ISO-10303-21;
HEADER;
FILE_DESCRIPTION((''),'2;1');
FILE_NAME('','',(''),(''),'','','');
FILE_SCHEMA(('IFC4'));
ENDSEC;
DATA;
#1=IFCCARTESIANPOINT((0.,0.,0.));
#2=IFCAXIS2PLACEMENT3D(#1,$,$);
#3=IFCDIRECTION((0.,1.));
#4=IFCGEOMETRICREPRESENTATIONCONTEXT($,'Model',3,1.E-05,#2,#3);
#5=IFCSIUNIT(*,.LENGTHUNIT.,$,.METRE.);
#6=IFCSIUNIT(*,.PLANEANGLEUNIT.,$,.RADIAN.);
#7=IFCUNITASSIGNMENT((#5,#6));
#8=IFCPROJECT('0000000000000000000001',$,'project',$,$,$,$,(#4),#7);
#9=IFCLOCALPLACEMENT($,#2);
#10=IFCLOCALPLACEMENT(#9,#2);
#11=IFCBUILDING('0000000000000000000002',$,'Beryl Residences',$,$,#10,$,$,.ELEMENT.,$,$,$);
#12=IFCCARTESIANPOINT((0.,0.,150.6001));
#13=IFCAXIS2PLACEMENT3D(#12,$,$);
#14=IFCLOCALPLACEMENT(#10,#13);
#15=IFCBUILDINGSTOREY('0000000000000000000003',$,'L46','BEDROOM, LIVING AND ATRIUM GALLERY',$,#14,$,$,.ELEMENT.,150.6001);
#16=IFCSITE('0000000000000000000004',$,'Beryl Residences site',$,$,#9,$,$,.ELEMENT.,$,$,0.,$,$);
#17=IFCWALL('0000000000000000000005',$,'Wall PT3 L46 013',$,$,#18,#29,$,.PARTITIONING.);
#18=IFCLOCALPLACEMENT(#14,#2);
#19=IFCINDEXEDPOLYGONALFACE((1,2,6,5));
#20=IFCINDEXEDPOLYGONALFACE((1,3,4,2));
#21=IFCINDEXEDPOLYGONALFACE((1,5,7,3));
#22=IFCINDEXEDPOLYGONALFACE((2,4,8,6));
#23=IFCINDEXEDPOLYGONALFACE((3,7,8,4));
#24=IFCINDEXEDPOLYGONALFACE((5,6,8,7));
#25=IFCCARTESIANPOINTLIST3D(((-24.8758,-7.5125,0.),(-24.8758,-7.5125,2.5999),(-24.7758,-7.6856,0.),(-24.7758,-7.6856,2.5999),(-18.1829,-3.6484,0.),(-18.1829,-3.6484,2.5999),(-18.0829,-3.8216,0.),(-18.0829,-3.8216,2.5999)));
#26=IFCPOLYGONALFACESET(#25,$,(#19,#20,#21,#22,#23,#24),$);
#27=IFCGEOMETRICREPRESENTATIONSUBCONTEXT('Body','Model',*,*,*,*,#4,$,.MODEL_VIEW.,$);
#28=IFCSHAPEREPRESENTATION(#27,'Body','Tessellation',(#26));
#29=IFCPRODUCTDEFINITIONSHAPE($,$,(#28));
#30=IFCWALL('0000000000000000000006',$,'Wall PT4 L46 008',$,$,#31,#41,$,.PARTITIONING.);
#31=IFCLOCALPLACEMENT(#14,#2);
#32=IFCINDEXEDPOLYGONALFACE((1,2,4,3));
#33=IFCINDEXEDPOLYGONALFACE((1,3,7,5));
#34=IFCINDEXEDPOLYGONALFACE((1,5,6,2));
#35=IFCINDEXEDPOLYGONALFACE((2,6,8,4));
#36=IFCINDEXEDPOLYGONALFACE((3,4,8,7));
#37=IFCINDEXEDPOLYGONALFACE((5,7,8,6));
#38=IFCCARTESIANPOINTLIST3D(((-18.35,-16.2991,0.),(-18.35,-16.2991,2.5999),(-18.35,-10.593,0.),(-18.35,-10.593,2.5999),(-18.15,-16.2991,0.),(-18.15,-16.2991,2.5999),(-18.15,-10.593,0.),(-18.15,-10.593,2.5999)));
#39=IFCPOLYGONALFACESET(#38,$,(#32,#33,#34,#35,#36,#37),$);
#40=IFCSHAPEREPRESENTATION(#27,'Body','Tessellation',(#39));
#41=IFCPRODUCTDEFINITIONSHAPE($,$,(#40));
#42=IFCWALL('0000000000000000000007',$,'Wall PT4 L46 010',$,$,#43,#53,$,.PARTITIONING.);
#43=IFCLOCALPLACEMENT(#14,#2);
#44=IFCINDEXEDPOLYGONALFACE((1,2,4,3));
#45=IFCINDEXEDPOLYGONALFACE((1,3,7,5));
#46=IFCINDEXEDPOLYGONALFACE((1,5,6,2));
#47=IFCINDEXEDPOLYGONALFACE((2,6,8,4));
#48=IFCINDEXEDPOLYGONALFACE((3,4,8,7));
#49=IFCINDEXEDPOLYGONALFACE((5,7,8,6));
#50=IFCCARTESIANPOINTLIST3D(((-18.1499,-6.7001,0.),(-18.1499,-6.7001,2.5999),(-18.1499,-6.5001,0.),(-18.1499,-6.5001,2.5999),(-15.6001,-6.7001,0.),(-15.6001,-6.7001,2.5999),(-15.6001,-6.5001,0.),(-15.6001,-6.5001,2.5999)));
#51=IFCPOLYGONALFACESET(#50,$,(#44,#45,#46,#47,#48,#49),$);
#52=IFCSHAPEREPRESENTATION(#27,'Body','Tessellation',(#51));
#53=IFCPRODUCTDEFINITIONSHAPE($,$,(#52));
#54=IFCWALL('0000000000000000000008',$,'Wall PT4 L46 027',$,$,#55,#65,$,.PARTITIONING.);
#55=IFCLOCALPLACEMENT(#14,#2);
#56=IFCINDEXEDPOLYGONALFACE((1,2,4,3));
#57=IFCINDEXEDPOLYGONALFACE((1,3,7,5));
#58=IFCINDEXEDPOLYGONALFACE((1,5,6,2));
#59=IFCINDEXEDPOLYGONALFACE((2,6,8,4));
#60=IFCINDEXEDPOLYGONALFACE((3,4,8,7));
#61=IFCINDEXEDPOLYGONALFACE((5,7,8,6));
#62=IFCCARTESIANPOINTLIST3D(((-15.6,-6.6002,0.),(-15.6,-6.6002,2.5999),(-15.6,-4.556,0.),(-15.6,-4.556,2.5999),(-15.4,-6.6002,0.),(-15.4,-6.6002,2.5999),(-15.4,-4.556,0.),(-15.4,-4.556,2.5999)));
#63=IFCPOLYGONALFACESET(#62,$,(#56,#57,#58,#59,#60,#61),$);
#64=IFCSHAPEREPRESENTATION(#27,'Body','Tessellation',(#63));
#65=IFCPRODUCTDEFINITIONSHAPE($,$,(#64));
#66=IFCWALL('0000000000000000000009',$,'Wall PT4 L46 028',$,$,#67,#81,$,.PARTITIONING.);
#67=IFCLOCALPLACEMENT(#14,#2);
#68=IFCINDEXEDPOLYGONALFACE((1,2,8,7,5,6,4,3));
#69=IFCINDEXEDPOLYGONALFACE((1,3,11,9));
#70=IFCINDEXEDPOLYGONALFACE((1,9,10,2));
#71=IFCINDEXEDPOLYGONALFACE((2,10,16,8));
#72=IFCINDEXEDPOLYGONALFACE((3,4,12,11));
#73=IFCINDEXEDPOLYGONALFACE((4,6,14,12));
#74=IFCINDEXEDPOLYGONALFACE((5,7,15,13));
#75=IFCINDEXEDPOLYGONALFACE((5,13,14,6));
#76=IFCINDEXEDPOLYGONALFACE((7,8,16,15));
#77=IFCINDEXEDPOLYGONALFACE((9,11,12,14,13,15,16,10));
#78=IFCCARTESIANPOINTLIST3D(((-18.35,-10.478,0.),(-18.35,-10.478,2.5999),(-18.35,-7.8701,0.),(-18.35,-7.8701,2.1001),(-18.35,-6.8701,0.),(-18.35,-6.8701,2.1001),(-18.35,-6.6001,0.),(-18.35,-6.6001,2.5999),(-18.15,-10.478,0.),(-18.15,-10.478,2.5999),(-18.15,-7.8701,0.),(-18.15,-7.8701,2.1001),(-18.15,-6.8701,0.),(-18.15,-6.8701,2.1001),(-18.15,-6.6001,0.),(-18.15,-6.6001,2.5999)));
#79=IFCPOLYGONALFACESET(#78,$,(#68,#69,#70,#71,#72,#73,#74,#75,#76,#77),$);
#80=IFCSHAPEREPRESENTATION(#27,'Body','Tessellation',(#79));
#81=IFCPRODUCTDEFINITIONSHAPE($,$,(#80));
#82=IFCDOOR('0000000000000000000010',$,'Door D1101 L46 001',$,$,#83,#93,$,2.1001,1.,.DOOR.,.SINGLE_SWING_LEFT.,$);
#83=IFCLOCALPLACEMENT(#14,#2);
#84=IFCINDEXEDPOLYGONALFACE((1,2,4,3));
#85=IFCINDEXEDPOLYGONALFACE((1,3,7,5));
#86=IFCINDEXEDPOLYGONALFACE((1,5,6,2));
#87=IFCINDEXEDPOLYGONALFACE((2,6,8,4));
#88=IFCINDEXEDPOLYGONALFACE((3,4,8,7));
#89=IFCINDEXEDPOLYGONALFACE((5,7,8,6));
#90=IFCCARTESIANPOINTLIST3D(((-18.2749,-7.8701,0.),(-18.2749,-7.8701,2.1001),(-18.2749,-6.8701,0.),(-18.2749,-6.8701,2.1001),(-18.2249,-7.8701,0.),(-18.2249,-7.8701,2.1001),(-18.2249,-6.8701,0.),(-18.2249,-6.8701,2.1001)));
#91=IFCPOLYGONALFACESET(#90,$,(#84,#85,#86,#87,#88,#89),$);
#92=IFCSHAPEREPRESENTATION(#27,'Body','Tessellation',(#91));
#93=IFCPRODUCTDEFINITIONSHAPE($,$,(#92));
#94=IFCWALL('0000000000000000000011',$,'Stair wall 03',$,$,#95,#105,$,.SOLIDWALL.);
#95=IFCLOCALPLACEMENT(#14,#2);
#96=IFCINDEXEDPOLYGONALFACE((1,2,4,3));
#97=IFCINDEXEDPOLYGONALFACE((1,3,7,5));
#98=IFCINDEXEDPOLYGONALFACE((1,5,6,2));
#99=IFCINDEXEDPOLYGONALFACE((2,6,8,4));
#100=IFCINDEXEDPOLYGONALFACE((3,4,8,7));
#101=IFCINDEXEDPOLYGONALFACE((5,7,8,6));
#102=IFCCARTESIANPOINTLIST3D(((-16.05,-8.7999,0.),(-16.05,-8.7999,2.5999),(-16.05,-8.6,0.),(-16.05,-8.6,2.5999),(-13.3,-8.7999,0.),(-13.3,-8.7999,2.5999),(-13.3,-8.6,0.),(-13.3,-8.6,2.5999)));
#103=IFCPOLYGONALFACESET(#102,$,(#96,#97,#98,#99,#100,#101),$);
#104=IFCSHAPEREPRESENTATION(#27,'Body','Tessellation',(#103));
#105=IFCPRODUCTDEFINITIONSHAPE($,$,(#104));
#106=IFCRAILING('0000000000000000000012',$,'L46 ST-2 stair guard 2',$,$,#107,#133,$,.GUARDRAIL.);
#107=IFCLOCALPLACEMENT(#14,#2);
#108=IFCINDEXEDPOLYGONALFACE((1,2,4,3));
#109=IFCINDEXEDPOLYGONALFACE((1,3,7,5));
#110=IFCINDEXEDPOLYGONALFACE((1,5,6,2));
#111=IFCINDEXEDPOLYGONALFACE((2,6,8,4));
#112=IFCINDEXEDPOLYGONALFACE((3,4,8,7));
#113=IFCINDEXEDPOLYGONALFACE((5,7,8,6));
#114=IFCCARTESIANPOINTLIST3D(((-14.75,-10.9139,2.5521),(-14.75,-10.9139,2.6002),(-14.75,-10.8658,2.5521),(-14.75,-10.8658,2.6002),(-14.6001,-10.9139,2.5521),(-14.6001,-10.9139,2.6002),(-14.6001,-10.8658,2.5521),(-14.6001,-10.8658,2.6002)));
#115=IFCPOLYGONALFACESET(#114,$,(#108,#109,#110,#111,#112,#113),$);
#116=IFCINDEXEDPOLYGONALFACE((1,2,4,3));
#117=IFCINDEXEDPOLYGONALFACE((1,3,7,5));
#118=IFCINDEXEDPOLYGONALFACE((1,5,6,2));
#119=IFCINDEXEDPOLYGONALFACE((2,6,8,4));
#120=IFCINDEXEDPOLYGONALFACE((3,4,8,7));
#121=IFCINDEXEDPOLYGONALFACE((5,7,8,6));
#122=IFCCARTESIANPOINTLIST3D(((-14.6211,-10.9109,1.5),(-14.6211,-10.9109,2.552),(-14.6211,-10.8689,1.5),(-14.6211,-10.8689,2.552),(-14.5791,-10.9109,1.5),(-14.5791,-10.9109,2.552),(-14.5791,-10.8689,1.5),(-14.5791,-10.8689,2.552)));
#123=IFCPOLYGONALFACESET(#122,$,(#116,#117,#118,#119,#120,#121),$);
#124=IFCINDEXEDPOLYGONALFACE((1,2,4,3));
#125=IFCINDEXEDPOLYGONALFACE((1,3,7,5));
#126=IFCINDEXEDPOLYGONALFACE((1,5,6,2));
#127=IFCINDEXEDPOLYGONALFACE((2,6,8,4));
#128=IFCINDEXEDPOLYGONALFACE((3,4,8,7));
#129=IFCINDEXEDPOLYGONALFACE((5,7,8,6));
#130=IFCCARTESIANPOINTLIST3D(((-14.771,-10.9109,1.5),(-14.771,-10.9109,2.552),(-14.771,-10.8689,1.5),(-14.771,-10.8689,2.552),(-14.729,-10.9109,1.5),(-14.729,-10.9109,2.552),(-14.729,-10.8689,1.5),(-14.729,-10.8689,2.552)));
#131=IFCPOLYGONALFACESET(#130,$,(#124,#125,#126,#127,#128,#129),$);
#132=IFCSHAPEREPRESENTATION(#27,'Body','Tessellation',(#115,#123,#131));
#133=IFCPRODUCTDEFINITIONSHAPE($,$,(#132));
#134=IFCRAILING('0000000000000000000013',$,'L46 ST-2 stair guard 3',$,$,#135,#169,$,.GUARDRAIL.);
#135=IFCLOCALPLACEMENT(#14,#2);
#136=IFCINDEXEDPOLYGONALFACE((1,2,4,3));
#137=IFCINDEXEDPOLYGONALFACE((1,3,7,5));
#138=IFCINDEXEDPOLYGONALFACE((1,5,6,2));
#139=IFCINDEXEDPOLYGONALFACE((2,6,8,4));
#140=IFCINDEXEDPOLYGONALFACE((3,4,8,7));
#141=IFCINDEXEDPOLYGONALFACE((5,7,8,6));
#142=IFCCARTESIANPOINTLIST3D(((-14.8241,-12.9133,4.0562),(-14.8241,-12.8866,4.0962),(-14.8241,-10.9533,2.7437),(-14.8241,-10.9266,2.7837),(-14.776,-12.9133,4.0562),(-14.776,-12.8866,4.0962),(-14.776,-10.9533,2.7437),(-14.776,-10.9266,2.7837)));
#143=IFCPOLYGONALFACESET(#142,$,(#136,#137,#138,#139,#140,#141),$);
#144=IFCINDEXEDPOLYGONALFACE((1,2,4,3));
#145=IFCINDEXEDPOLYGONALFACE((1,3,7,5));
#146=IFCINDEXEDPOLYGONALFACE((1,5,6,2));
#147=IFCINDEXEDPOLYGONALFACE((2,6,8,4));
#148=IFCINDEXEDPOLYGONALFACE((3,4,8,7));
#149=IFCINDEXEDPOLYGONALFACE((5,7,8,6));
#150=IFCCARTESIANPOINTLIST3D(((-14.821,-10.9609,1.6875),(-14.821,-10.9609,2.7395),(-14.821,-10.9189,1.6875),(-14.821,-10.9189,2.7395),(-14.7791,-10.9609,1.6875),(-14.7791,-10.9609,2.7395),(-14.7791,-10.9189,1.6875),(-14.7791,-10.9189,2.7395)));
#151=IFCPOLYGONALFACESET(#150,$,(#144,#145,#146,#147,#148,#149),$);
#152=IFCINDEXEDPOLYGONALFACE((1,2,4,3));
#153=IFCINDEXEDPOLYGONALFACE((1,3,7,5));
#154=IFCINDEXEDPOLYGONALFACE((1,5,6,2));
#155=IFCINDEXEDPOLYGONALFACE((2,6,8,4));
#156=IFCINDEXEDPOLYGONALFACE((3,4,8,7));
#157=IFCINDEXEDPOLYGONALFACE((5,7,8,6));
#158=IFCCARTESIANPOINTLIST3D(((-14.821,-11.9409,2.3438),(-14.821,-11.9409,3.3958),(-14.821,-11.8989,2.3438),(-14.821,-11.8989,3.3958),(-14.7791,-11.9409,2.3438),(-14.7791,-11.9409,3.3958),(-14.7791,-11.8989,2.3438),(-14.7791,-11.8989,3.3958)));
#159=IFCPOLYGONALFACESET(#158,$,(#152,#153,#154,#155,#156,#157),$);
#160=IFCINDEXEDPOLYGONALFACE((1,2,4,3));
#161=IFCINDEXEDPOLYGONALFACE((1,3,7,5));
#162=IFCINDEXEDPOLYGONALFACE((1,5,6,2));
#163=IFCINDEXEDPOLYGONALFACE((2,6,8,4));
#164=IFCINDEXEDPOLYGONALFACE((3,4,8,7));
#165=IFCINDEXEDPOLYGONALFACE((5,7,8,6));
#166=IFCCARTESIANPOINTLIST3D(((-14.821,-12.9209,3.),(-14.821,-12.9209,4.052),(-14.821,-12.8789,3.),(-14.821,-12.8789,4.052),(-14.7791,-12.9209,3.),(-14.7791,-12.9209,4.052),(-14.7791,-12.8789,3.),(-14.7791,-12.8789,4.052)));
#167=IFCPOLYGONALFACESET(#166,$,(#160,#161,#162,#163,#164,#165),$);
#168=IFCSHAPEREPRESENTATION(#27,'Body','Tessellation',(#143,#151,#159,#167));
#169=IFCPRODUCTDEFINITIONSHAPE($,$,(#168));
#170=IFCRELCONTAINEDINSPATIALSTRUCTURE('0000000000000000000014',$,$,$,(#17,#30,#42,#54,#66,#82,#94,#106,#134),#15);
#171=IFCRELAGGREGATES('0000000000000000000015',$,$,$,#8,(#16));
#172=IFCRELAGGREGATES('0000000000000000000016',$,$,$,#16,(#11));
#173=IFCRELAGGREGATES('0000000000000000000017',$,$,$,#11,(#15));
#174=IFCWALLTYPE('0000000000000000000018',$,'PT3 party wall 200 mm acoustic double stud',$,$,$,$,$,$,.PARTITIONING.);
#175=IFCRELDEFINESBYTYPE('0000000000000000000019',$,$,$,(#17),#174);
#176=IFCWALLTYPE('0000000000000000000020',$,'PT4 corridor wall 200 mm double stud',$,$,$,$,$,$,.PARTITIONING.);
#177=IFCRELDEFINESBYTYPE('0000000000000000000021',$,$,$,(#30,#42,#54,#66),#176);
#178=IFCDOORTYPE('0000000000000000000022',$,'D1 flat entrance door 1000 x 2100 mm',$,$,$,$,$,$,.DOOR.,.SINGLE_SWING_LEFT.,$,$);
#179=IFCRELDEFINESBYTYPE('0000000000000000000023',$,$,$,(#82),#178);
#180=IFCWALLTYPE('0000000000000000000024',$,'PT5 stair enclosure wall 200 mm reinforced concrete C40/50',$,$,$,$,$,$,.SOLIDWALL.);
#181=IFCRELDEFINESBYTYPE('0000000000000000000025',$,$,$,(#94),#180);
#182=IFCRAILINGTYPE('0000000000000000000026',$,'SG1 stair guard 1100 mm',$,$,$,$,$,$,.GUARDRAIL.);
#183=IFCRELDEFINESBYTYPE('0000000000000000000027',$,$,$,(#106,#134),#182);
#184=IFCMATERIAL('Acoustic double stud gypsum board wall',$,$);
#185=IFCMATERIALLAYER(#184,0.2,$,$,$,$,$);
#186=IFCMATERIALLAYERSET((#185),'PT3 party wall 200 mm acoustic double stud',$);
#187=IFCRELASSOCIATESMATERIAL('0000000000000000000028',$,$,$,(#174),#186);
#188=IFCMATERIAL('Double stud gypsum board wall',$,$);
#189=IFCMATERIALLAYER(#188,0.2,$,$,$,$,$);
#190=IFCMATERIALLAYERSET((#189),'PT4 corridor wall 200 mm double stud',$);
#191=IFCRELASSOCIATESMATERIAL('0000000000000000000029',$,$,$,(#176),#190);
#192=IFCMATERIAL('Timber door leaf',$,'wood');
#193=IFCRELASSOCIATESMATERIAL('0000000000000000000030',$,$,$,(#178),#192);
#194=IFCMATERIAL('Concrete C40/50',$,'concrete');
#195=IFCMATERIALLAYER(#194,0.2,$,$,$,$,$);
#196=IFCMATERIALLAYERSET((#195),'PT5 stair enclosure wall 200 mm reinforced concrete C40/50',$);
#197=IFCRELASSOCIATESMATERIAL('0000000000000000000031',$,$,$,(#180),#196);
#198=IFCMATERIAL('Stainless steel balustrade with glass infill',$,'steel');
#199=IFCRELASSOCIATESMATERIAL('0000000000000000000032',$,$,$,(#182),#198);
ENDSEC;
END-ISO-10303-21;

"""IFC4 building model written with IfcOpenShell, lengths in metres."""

from ifc_helpers import new_model, si_unit, direction, frame, frame_2d, origin, origin_2d, place, context, subcontext, project, spatial, rectangle, extrude, material, layer, layer_set, type_object, element, fill, save


model = new_model("IFC4")

# Units and contexts
model_context = context("Model", 3, precision=1e-05, world=origin(), true_north=direction((0.0, 1.0)))
body_context = subcontext(model_context, "Body", "Model", "MODEL_VIEW")
ifc_project = project(units=[si_unit("LENGTHUNIT", "METRE"), si_unit("PLANEANGLEUNIT", "RADIAN")], contexts=[model_context])

# Site, building, storey
site_placement = place(None, origin())
site = spatial("IfcSite", under=ifc_project, at=site_placement, Name="Beryl Residences site", CompositionType="ELEMENT", RefElevation=0.0)
building_placement = place(site_placement, origin())
building = spatial("IfcBuilding", under=site, at=building_placement, Name="Beryl Residences", CompositionType="ELEMENT")
storey_placement = place(building_placement, frame((0.0, 0.0, 150.6001)))
storey = spatial("IfcBuildingStorey", under=building, at=storey_placement, Name="L46", Description="BEDROOM, LIVING AND ATRIUM GALLERY", CompositionType="ELEMENT", Elevation=150.6001)

# Walls
ifc_material_1 = material(Name="Acoustic double stud gypsum board wall")
ifc_layer_1 = layer(ifc_material_1, 0.2)
ifc_layer_set_1 = layer_set([ifc_layer_1], Name="PT3 party wall 200 mm acoustic double stud")
wall_type_1 = type_object("IfcWallType", Name="PT3 party wall 200 mm acoustic double stud", PredefinedType="PARTITIONING", material=ifc_layer_set_1)
wall_1_placement = place(storey_placement, frame((-24.8259, -7.5991, 0.0), z_axis=(0.0, 0.0, 1.0), x_axis=(0.866032, 0.499989, 0.0)))
element("IfcWall", 1, at=wall_1_placement, inside=storey, type_object=wall_type_1, Name="Wall PT3 L46 013", PredefinedType="PARTITIONING", context=body_context, shape_type="SweptSolid", body=[
    extrude(rectangle(XDim=7.7283, YDim=0.2, at=frame_2d((3.8643, 0.0))), origin(), (0.0, 0.0, 1.0), 2.5999),
])
ifc_material_2 = material(Name="Double stud gypsum board wall")
ifc_layer_2 = layer(ifc_material_2, 0.2)
ifc_layer_set_2 = layer_set([ifc_layer_2], Name="PT4 corridor wall 200 mm double stud")
wall_type_2 = type_object("IfcWallType", Name="PT4 corridor wall 200 mm double stud", PredefinedType="PARTITIONING", material=ifc_layer_set_2)
wall_2_placement = place(storey_placement, frame((-18.25, -10.593, 0.0), z_axis=(0.0, 0.0, 1.0), x_axis=(0.0, -1.0, 0.0)))
element("IfcWall", 2, at=wall_2_placement, inside=storey, type_object=wall_type_2, Name="Wall PT4 L46 008", PredefinedType="PARTITIONING", context=body_context, shape_type="SweptSolid", body=[
    extrude(rectangle(XDim=5.7061, YDim=0.2, at=frame_2d((2.853, 0.0))), origin(), (0.0, 0.0, 1.0), 2.5999),
])
wall_3_placement = place(storey_placement, frame((-18.1499, -6.6001, 0.0), z_axis=(0.0, 0.0, 1.0), x_axis=(1.0, 0.0, 0.0)))
element("IfcWall", 3, at=wall_3_placement, inside=storey, type_object=wall_type_2, Name="Wall PT4 L46 010", PredefinedType="PARTITIONING", context=body_context, shape_type="SweptSolid", body=[
    extrude(rectangle(XDim=2.5498, YDim=0.2, at=frame_2d((1.2749, 0.0))), origin(), (0.0, 0.0, 1.0), 2.5999),
])
wall_4_placement = place(storey_placement, frame((-15.5, -6.6001, 0.0), z_axis=(0.0, 0.0, 1.0), x_axis=(0.0, 1.0, 0.0)))
element("IfcWall", 4, at=wall_4_placement, inside=storey, type_object=wall_type_2, Name="Wall PT4 L46 027", PredefinedType="PARTITIONING", context=body_context, shape_type="SweptSolid", body=[
    extrude(rectangle(XDim=2.0442, YDim=0.2, at=frame_2d((1.022, 0.0))), origin(), (0.0, 0.0, 1.0), 2.5999),
])

# Wall, opening, door
wall_5_placement = place(storey_placement, frame((-18.25, -10.478, 0.0), z_axis=(0.0, 0.0, 1.0), x_axis=(0.0, 1.0, 0.0)))
wall_5 = element("IfcWall", 5, at=wall_5_placement, inside=storey, type_object=wall_type_2, Name="Wall PT4 L46 028", PredefinedType="PARTITIONING", context=body_context, shape_type="SweptSolid", body=[
    extrude(rectangle(XDim=3.8779, YDim=0.2, at=frame_2d((1.939, 0.0))), origin(), (0.0, 0.0, 1.0), 2.5999),
])
opening_1_placement = place(wall_5_placement, frame((2.6079, 0.0, 0.0)))
opening_1 = element("IfcOpeningElement", 6, at=opening_1_placement, cuts=wall_5, PredefinedType="OPENING", context=body_context, shape_type="SweptSolid", body=[
    extrude(rectangle(XDim=1.0, YDim=2.1001, at=frame_2d((0.5, 1.05))), frame((0.0, 0.1099, 0.0), z_axis=(0.0, -1.0, 0.0), x_axis=(1.0, 0.0, 0.0)), (0.0, 0.0, 1.0), 0.22),
])
ifc_material_3 = material(Name="Timber door leaf", Category="wood")
door_type_1 = type_object("IfcDoorType", Name="D1 flat entrance door 1000 x 2100 mm", OperationType="SINGLE_SWING_LEFT", PredefinedType="DOOR", material=ifc_material_3)
door_1_placement = place(opening_1_placement, origin())
door_1 = element("IfcDoor", 7, at=door_1_placement, inside=storey, type_object=door_type_1, Name="Door D1101 L46 001", OperationType="SINGLE_SWING_LEFT", OverallHeight=2.1001, OverallWidth=1.0, PredefinedType="DOOR", context=body_context, shape_type="SweptSolid", body=[
    extrude(rectangle(XDim=1.0, YDim=2.1001, at=frame_2d((0.5, 1.05))), frame((0.0, 0.0249, 0.0), z_axis=(0.0, -1.0, 0.0), x_axis=(1.0, 0.0, 0.0)), (0.0, 0.0, 1.0), 0.05),
])
fill(opening_1, door_1)

# Wall
ifc_material_4 = material(Name="Concrete C40/50", Category="concrete")
ifc_layer_3 = layer(ifc_material_4, 0.2)
ifc_layer_set_3 = layer_set([ifc_layer_3], Name="PT5 stair enclosure wall 200 mm reinforced concrete C40/50")
wall_type_3 = type_object("IfcWallType", Name="PT5 stair enclosure wall 200 mm reinforced concrete C40/50", PredefinedType="SOLIDWALL", material=ifc_layer_set_3)
wall_6_placement = place(storey_placement, frame((-16.05, -8.7, 0.0), z_axis=(0.0, 0.0, 1.0), x_axis=(1.0, 0.0, 0.0)))
element("IfcWall", 8, at=wall_6_placement, inside=storey, type_object=wall_type_3, Name="Stair wall 03", PredefinedType="SOLIDWALL", context=body_context, shape_type="SweptSolid", body=[
    extrude(rectangle(XDim=2.75, YDim=0.2, at=frame_2d((1.375, 0.0))), origin(), (0.0, 0.0, 1.0), 2.5999),
])

# Railings
ifc_material_5 = material(Name="Stainless steel balustrade with glass infill", Category="steel")
railing_type_1 = type_object("IfcRailingType", Name="SG1 stair guard 1100 mm", PredefinedType="GUARDRAIL", material=ifc_material_5)
railing_1_placement = place(storey_placement, frame((-14.6001, -10.8899, 1.5)))
element("IfcRailing", 9, at=railing_1_placement, inside=storey, type_object=railing_type_1, Name="L46 ST-2 stair guard 2", PredefinedType="GUARDRAIL", context=body_context, shape_type="SweptSolid", body=[
    extrude(rectangle(XDim=0.0481, YDim=0.0481, at=origin_2d()), frame((0.0, 0.0, 1.0762), z_axis=(-1.0, 0.0, 0.0), x_axis=(0.0, -1.0, 0.0)), (0.0, 0.0, 1.0), 0.1499),
    extrude(rectangle(XDim=0.042, YDim=0.042, at=origin_2d()), origin(), (0.0, 0.0, 1.0), 1.052),
    extrude(rectangle(XDim=0.042, YDim=0.042, at=origin_2d()), frame((-0.1499, 0.0, 0.0)), (0.0, 0.0, 1.0), 1.052),
])
railing_2_placement = place(storey_placement, frame((-14.8, -10.9399, 1.6875)))
element("IfcRailing", 10, at=railing_2_placement, inside=storey, type_object=railing_type_1, Name="L46 ST-2 stair guard 3", PredefinedType="GUARDRAIL", context=body_context, shape_type="SweptSolid", body=[
    extrude(rectangle(XDim=0.0481, YDim=0.0481, at=origin_2d()), frame((0.0, 0.0, 1.0762), z_axis=(0.0, -0.830902, 0.556419), x_axis=(1.0, 0.0, 0.0)), (0.0, 0.0, 1.0), 2.3589),
    extrude(rectangle(XDim=0.042, YDim=0.042, at=origin_2d()), origin(), (0.0, 0.0, 1.0), 1.052),
    extrude(rectangle(XDim=0.042, YDim=0.042, at=origin_2d()), frame((0.0, -0.98, 0.6562)), (0.0, 0.0, 1.0), 1.052),
    extrude(rectangle(XDim=0.042, YDim=0.042, at=origin_2d()), frame((0.0, -1.96, 1.3125)), (0.0, 0.0, 1.0), 1.052),
])

save(model, "model.ifc")
